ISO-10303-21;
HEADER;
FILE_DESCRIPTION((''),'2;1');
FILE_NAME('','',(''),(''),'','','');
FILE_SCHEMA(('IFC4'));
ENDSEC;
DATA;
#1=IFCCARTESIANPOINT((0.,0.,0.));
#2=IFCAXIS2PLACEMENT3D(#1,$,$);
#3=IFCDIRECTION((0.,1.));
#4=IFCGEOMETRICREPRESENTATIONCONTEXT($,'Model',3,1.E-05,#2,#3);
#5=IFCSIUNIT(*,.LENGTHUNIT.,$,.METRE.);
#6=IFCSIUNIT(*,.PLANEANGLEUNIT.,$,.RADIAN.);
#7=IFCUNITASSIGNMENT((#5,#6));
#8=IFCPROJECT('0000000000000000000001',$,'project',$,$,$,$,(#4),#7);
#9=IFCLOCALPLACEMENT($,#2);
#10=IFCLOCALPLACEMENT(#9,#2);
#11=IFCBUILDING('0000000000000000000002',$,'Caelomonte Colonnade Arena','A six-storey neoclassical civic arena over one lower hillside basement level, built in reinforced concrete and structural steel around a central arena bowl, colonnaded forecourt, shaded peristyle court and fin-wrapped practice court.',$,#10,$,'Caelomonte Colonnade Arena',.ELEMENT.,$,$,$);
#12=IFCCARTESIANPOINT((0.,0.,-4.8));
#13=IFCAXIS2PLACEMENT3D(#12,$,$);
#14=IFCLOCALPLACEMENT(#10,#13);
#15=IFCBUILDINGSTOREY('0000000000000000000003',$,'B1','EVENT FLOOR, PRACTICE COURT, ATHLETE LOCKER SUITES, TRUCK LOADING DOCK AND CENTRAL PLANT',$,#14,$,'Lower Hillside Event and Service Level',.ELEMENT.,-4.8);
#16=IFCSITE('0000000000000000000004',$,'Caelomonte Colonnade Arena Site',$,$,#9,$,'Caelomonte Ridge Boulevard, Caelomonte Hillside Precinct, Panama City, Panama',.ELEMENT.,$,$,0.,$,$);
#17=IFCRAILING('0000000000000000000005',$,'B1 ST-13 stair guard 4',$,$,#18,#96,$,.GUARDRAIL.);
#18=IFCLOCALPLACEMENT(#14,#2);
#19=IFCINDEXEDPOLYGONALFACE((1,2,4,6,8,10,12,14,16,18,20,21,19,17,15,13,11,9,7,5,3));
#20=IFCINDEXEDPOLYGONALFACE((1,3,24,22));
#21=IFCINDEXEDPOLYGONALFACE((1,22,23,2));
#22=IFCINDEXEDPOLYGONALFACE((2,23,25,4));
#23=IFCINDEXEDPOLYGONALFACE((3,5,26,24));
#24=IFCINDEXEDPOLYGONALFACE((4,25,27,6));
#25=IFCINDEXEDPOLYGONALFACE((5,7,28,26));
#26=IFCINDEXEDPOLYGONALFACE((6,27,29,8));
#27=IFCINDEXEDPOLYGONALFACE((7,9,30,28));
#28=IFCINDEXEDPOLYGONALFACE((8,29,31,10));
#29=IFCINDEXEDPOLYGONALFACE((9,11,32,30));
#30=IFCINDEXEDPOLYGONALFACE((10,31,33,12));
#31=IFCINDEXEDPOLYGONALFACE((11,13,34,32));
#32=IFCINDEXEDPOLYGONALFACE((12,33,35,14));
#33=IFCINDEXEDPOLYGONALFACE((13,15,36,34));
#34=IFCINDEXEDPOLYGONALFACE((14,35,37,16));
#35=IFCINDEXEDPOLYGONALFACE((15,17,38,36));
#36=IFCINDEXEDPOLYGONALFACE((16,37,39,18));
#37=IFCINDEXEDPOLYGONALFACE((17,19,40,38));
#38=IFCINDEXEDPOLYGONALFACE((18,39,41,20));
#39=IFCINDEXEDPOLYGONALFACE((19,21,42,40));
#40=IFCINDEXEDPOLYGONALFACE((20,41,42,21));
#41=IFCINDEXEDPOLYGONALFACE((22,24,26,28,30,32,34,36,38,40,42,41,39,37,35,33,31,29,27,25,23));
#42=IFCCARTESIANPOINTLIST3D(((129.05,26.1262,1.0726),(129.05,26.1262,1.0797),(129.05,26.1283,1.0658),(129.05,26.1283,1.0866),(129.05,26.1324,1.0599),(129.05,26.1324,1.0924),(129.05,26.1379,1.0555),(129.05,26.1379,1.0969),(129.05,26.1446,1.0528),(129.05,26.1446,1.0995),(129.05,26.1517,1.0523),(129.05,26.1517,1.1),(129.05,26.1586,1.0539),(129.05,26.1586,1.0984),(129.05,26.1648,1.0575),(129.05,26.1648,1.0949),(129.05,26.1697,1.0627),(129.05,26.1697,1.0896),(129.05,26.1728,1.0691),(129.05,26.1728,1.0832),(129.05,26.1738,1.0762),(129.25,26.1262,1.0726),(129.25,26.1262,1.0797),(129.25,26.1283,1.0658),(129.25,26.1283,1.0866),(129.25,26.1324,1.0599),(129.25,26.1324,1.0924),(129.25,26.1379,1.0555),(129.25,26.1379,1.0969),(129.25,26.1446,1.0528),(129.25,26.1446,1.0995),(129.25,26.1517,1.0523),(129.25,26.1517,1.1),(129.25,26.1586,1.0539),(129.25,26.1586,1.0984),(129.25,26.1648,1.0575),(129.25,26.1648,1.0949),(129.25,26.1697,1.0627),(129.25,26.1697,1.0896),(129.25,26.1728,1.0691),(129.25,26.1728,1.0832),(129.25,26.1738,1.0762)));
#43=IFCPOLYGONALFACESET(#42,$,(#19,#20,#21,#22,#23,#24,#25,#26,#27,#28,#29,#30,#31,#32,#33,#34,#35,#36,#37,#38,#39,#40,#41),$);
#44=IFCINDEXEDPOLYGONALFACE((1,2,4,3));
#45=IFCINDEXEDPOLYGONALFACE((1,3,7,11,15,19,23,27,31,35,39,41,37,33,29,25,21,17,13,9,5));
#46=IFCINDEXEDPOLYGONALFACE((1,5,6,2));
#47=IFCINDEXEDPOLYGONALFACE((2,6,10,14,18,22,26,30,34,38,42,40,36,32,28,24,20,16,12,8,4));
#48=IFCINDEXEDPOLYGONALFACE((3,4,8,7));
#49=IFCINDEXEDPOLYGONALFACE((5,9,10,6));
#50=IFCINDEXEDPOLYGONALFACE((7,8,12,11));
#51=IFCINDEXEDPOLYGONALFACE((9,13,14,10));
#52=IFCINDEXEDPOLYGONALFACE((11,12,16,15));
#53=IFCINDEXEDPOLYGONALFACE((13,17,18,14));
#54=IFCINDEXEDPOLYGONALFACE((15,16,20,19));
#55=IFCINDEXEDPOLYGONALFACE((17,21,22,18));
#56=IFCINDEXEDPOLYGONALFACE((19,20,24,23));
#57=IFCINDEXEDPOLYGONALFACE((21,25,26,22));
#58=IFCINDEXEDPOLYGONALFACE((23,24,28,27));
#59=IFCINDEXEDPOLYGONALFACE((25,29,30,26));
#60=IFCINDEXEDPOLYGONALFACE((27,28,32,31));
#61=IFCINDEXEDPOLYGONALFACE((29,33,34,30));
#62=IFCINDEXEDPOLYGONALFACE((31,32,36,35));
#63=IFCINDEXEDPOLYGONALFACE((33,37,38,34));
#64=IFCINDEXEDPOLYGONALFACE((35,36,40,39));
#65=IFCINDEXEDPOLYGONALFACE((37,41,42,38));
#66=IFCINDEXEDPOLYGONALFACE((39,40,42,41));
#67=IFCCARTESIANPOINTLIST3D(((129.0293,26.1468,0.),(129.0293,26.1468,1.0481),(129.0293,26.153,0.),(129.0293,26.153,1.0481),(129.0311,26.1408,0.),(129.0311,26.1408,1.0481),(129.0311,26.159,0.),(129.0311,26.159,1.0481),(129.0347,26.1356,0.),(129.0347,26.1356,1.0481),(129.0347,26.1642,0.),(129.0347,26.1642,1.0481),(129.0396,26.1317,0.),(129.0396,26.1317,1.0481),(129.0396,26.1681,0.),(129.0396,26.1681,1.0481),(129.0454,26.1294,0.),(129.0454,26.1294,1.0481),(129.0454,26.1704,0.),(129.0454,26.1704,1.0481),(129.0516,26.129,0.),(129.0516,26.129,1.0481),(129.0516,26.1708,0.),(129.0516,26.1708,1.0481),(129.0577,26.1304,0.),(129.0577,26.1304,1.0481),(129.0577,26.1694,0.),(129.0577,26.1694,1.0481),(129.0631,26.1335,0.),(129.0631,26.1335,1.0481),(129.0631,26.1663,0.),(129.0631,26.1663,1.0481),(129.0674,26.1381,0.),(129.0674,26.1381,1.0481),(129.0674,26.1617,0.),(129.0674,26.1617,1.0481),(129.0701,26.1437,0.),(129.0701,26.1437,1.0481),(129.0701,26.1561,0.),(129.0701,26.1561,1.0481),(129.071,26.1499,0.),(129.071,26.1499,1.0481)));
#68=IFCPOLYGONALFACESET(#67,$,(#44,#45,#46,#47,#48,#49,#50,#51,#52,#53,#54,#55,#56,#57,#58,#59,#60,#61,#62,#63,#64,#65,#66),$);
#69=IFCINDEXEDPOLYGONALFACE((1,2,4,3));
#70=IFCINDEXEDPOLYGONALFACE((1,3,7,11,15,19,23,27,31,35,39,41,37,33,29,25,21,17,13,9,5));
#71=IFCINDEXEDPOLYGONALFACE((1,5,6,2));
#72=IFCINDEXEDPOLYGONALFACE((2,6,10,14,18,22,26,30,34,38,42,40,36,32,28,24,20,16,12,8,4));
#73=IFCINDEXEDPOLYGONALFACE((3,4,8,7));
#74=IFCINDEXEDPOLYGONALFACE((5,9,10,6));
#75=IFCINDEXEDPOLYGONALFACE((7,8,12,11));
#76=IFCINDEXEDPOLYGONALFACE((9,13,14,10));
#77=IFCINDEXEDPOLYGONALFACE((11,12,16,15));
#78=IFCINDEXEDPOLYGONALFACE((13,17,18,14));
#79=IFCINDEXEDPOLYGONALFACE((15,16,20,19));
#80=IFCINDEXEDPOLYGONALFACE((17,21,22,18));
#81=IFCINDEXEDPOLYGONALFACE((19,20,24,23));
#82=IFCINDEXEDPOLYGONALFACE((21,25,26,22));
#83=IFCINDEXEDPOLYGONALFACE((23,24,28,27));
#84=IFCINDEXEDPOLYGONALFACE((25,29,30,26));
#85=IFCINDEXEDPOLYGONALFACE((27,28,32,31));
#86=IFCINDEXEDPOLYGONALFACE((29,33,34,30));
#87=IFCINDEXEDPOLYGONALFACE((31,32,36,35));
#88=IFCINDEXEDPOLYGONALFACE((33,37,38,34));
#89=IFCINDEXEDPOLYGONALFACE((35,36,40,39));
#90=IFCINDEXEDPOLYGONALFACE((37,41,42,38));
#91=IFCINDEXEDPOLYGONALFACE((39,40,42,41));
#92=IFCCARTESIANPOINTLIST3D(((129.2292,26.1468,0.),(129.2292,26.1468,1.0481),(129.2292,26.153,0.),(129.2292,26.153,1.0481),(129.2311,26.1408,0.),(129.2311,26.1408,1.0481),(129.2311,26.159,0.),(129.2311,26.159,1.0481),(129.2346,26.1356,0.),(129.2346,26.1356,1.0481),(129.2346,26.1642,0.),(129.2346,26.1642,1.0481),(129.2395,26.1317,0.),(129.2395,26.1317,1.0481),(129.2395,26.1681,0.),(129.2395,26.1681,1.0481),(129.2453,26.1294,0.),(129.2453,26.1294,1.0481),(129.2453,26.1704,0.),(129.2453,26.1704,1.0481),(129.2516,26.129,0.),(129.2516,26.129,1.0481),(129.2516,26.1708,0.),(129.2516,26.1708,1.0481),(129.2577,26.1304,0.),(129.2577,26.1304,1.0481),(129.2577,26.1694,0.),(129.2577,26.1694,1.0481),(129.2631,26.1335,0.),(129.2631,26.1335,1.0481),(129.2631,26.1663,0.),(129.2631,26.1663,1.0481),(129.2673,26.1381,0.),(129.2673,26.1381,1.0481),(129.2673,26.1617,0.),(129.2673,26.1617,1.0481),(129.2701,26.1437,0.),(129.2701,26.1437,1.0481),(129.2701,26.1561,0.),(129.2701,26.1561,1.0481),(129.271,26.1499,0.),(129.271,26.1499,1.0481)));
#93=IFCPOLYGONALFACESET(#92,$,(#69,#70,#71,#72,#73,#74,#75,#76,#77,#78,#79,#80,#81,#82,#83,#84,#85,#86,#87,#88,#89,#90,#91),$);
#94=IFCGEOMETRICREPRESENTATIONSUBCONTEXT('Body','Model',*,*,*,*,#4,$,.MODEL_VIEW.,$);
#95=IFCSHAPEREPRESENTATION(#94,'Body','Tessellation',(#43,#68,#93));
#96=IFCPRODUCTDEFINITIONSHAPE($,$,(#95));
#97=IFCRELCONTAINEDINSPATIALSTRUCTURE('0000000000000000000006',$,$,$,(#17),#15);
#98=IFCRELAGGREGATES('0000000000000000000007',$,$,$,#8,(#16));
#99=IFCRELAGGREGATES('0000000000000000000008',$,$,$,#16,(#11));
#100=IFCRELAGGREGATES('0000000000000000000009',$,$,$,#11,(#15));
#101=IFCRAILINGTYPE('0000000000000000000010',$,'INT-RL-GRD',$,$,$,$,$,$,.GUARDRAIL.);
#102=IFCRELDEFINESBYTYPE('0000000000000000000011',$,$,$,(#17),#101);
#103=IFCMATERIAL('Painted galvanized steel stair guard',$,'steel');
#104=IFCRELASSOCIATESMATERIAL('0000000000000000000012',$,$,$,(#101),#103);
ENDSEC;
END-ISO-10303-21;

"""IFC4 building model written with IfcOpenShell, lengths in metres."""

from ifc_helpers import new_model, si_unit, direction, frame, origin, origin_2d, place, context, subcontext, project, spatial, circle, extrude, material, type_object, element, save


model = new_model("IFC4")

# Units and contexts
model_context = context("Model", 3, precision=1e-05, world=origin(), true_north=direction((0.0, 1.0)))
body_context = subcontext(model_context, "Body", "Model", "MODEL_VIEW")
ifc_project = project(units=[si_unit("LENGTHUNIT", "METRE"), si_unit("PLANEANGLEUNIT", "RADIAN")], contexts=[model_context])

# Site, building, storey
site_placement = place(None, origin())
site = spatial("IfcSite", under=ifc_project, at=site_placement, Name="Caelomonte Colonnade Arena Site", LongName="Caelomonte Ridge Boulevard, Caelomonte Hillside Precinct, Panama City, Panama", CompositionType="ELEMENT", RefElevation=0.0)
building_placement = place(site_placement, origin())
building = spatial("IfcBuilding", under=site, at=building_placement, Name="Caelomonte Colonnade Arena", Description="A six-storey neoclassical civic arena over one lower hillside basement level, built in reinforced concrete and structural steel around a central arena bowl, colonnaded forecourt, shaded peristyle court and fin-wrapped practice court.", LongName="Caelomonte Colonnade Arena", CompositionType="ELEMENT")
storey_placement = place(building_placement, frame((0.0, 0.0, -4.8)))
storey = spatial("IfcBuildingStorey", under=building, at=storey_placement, Name="B1", Description="EVENT FLOOR, PRACTICE COURT, ATHLETE LOCKER SUITES, TRUCK LOADING DOCK AND CENTRAL PLANT", LongName="Lower Hillside Event and Service Level", CompositionType="ELEMENT", Elevation=-4.8)

# Railing
ifc_material_1 = material(Name="Painted galvanized steel stair guard", Category="steel")
railing_type_1 = type_object("IfcRailingType", Name="INT-RL-GRD", PredefinedType="GUARDRAIL", material=ifc_material_1)
railing_1_placement = place(storey_placement, frame((129.05, 26.1499, 0.0)))
element("IfcRailing", 1, at=railing_1_placement, inside=storey, type_object=railing_type_1, Name="B1 ST-13 stair guard 4", PredefinedType="GUARDRAIL", context=body_context, shape_type="SweptSolid", body=[
    extrude(circle(Radius=0.0239, at=origin_2d()), frame((0.0, 0.0, 1.0762), z_axis=(1.0, 0.0, 0.0), x_axis=(0.0, 1.0, 0.0)), (0.0, 0.0, 1.0), 0.2),
    extrude(circle(Radius=0.021, at=origin_2d()), origin(), (0.0, 0.0, 1.0), 1.0481),
    extrude(circle(Radius=0.021, at=origin_2d()), frame((0.2, 0.0, 0.0)), (0.0, 0.0, 1.0), 1.0481),
])

save(model, "model.ifc")
